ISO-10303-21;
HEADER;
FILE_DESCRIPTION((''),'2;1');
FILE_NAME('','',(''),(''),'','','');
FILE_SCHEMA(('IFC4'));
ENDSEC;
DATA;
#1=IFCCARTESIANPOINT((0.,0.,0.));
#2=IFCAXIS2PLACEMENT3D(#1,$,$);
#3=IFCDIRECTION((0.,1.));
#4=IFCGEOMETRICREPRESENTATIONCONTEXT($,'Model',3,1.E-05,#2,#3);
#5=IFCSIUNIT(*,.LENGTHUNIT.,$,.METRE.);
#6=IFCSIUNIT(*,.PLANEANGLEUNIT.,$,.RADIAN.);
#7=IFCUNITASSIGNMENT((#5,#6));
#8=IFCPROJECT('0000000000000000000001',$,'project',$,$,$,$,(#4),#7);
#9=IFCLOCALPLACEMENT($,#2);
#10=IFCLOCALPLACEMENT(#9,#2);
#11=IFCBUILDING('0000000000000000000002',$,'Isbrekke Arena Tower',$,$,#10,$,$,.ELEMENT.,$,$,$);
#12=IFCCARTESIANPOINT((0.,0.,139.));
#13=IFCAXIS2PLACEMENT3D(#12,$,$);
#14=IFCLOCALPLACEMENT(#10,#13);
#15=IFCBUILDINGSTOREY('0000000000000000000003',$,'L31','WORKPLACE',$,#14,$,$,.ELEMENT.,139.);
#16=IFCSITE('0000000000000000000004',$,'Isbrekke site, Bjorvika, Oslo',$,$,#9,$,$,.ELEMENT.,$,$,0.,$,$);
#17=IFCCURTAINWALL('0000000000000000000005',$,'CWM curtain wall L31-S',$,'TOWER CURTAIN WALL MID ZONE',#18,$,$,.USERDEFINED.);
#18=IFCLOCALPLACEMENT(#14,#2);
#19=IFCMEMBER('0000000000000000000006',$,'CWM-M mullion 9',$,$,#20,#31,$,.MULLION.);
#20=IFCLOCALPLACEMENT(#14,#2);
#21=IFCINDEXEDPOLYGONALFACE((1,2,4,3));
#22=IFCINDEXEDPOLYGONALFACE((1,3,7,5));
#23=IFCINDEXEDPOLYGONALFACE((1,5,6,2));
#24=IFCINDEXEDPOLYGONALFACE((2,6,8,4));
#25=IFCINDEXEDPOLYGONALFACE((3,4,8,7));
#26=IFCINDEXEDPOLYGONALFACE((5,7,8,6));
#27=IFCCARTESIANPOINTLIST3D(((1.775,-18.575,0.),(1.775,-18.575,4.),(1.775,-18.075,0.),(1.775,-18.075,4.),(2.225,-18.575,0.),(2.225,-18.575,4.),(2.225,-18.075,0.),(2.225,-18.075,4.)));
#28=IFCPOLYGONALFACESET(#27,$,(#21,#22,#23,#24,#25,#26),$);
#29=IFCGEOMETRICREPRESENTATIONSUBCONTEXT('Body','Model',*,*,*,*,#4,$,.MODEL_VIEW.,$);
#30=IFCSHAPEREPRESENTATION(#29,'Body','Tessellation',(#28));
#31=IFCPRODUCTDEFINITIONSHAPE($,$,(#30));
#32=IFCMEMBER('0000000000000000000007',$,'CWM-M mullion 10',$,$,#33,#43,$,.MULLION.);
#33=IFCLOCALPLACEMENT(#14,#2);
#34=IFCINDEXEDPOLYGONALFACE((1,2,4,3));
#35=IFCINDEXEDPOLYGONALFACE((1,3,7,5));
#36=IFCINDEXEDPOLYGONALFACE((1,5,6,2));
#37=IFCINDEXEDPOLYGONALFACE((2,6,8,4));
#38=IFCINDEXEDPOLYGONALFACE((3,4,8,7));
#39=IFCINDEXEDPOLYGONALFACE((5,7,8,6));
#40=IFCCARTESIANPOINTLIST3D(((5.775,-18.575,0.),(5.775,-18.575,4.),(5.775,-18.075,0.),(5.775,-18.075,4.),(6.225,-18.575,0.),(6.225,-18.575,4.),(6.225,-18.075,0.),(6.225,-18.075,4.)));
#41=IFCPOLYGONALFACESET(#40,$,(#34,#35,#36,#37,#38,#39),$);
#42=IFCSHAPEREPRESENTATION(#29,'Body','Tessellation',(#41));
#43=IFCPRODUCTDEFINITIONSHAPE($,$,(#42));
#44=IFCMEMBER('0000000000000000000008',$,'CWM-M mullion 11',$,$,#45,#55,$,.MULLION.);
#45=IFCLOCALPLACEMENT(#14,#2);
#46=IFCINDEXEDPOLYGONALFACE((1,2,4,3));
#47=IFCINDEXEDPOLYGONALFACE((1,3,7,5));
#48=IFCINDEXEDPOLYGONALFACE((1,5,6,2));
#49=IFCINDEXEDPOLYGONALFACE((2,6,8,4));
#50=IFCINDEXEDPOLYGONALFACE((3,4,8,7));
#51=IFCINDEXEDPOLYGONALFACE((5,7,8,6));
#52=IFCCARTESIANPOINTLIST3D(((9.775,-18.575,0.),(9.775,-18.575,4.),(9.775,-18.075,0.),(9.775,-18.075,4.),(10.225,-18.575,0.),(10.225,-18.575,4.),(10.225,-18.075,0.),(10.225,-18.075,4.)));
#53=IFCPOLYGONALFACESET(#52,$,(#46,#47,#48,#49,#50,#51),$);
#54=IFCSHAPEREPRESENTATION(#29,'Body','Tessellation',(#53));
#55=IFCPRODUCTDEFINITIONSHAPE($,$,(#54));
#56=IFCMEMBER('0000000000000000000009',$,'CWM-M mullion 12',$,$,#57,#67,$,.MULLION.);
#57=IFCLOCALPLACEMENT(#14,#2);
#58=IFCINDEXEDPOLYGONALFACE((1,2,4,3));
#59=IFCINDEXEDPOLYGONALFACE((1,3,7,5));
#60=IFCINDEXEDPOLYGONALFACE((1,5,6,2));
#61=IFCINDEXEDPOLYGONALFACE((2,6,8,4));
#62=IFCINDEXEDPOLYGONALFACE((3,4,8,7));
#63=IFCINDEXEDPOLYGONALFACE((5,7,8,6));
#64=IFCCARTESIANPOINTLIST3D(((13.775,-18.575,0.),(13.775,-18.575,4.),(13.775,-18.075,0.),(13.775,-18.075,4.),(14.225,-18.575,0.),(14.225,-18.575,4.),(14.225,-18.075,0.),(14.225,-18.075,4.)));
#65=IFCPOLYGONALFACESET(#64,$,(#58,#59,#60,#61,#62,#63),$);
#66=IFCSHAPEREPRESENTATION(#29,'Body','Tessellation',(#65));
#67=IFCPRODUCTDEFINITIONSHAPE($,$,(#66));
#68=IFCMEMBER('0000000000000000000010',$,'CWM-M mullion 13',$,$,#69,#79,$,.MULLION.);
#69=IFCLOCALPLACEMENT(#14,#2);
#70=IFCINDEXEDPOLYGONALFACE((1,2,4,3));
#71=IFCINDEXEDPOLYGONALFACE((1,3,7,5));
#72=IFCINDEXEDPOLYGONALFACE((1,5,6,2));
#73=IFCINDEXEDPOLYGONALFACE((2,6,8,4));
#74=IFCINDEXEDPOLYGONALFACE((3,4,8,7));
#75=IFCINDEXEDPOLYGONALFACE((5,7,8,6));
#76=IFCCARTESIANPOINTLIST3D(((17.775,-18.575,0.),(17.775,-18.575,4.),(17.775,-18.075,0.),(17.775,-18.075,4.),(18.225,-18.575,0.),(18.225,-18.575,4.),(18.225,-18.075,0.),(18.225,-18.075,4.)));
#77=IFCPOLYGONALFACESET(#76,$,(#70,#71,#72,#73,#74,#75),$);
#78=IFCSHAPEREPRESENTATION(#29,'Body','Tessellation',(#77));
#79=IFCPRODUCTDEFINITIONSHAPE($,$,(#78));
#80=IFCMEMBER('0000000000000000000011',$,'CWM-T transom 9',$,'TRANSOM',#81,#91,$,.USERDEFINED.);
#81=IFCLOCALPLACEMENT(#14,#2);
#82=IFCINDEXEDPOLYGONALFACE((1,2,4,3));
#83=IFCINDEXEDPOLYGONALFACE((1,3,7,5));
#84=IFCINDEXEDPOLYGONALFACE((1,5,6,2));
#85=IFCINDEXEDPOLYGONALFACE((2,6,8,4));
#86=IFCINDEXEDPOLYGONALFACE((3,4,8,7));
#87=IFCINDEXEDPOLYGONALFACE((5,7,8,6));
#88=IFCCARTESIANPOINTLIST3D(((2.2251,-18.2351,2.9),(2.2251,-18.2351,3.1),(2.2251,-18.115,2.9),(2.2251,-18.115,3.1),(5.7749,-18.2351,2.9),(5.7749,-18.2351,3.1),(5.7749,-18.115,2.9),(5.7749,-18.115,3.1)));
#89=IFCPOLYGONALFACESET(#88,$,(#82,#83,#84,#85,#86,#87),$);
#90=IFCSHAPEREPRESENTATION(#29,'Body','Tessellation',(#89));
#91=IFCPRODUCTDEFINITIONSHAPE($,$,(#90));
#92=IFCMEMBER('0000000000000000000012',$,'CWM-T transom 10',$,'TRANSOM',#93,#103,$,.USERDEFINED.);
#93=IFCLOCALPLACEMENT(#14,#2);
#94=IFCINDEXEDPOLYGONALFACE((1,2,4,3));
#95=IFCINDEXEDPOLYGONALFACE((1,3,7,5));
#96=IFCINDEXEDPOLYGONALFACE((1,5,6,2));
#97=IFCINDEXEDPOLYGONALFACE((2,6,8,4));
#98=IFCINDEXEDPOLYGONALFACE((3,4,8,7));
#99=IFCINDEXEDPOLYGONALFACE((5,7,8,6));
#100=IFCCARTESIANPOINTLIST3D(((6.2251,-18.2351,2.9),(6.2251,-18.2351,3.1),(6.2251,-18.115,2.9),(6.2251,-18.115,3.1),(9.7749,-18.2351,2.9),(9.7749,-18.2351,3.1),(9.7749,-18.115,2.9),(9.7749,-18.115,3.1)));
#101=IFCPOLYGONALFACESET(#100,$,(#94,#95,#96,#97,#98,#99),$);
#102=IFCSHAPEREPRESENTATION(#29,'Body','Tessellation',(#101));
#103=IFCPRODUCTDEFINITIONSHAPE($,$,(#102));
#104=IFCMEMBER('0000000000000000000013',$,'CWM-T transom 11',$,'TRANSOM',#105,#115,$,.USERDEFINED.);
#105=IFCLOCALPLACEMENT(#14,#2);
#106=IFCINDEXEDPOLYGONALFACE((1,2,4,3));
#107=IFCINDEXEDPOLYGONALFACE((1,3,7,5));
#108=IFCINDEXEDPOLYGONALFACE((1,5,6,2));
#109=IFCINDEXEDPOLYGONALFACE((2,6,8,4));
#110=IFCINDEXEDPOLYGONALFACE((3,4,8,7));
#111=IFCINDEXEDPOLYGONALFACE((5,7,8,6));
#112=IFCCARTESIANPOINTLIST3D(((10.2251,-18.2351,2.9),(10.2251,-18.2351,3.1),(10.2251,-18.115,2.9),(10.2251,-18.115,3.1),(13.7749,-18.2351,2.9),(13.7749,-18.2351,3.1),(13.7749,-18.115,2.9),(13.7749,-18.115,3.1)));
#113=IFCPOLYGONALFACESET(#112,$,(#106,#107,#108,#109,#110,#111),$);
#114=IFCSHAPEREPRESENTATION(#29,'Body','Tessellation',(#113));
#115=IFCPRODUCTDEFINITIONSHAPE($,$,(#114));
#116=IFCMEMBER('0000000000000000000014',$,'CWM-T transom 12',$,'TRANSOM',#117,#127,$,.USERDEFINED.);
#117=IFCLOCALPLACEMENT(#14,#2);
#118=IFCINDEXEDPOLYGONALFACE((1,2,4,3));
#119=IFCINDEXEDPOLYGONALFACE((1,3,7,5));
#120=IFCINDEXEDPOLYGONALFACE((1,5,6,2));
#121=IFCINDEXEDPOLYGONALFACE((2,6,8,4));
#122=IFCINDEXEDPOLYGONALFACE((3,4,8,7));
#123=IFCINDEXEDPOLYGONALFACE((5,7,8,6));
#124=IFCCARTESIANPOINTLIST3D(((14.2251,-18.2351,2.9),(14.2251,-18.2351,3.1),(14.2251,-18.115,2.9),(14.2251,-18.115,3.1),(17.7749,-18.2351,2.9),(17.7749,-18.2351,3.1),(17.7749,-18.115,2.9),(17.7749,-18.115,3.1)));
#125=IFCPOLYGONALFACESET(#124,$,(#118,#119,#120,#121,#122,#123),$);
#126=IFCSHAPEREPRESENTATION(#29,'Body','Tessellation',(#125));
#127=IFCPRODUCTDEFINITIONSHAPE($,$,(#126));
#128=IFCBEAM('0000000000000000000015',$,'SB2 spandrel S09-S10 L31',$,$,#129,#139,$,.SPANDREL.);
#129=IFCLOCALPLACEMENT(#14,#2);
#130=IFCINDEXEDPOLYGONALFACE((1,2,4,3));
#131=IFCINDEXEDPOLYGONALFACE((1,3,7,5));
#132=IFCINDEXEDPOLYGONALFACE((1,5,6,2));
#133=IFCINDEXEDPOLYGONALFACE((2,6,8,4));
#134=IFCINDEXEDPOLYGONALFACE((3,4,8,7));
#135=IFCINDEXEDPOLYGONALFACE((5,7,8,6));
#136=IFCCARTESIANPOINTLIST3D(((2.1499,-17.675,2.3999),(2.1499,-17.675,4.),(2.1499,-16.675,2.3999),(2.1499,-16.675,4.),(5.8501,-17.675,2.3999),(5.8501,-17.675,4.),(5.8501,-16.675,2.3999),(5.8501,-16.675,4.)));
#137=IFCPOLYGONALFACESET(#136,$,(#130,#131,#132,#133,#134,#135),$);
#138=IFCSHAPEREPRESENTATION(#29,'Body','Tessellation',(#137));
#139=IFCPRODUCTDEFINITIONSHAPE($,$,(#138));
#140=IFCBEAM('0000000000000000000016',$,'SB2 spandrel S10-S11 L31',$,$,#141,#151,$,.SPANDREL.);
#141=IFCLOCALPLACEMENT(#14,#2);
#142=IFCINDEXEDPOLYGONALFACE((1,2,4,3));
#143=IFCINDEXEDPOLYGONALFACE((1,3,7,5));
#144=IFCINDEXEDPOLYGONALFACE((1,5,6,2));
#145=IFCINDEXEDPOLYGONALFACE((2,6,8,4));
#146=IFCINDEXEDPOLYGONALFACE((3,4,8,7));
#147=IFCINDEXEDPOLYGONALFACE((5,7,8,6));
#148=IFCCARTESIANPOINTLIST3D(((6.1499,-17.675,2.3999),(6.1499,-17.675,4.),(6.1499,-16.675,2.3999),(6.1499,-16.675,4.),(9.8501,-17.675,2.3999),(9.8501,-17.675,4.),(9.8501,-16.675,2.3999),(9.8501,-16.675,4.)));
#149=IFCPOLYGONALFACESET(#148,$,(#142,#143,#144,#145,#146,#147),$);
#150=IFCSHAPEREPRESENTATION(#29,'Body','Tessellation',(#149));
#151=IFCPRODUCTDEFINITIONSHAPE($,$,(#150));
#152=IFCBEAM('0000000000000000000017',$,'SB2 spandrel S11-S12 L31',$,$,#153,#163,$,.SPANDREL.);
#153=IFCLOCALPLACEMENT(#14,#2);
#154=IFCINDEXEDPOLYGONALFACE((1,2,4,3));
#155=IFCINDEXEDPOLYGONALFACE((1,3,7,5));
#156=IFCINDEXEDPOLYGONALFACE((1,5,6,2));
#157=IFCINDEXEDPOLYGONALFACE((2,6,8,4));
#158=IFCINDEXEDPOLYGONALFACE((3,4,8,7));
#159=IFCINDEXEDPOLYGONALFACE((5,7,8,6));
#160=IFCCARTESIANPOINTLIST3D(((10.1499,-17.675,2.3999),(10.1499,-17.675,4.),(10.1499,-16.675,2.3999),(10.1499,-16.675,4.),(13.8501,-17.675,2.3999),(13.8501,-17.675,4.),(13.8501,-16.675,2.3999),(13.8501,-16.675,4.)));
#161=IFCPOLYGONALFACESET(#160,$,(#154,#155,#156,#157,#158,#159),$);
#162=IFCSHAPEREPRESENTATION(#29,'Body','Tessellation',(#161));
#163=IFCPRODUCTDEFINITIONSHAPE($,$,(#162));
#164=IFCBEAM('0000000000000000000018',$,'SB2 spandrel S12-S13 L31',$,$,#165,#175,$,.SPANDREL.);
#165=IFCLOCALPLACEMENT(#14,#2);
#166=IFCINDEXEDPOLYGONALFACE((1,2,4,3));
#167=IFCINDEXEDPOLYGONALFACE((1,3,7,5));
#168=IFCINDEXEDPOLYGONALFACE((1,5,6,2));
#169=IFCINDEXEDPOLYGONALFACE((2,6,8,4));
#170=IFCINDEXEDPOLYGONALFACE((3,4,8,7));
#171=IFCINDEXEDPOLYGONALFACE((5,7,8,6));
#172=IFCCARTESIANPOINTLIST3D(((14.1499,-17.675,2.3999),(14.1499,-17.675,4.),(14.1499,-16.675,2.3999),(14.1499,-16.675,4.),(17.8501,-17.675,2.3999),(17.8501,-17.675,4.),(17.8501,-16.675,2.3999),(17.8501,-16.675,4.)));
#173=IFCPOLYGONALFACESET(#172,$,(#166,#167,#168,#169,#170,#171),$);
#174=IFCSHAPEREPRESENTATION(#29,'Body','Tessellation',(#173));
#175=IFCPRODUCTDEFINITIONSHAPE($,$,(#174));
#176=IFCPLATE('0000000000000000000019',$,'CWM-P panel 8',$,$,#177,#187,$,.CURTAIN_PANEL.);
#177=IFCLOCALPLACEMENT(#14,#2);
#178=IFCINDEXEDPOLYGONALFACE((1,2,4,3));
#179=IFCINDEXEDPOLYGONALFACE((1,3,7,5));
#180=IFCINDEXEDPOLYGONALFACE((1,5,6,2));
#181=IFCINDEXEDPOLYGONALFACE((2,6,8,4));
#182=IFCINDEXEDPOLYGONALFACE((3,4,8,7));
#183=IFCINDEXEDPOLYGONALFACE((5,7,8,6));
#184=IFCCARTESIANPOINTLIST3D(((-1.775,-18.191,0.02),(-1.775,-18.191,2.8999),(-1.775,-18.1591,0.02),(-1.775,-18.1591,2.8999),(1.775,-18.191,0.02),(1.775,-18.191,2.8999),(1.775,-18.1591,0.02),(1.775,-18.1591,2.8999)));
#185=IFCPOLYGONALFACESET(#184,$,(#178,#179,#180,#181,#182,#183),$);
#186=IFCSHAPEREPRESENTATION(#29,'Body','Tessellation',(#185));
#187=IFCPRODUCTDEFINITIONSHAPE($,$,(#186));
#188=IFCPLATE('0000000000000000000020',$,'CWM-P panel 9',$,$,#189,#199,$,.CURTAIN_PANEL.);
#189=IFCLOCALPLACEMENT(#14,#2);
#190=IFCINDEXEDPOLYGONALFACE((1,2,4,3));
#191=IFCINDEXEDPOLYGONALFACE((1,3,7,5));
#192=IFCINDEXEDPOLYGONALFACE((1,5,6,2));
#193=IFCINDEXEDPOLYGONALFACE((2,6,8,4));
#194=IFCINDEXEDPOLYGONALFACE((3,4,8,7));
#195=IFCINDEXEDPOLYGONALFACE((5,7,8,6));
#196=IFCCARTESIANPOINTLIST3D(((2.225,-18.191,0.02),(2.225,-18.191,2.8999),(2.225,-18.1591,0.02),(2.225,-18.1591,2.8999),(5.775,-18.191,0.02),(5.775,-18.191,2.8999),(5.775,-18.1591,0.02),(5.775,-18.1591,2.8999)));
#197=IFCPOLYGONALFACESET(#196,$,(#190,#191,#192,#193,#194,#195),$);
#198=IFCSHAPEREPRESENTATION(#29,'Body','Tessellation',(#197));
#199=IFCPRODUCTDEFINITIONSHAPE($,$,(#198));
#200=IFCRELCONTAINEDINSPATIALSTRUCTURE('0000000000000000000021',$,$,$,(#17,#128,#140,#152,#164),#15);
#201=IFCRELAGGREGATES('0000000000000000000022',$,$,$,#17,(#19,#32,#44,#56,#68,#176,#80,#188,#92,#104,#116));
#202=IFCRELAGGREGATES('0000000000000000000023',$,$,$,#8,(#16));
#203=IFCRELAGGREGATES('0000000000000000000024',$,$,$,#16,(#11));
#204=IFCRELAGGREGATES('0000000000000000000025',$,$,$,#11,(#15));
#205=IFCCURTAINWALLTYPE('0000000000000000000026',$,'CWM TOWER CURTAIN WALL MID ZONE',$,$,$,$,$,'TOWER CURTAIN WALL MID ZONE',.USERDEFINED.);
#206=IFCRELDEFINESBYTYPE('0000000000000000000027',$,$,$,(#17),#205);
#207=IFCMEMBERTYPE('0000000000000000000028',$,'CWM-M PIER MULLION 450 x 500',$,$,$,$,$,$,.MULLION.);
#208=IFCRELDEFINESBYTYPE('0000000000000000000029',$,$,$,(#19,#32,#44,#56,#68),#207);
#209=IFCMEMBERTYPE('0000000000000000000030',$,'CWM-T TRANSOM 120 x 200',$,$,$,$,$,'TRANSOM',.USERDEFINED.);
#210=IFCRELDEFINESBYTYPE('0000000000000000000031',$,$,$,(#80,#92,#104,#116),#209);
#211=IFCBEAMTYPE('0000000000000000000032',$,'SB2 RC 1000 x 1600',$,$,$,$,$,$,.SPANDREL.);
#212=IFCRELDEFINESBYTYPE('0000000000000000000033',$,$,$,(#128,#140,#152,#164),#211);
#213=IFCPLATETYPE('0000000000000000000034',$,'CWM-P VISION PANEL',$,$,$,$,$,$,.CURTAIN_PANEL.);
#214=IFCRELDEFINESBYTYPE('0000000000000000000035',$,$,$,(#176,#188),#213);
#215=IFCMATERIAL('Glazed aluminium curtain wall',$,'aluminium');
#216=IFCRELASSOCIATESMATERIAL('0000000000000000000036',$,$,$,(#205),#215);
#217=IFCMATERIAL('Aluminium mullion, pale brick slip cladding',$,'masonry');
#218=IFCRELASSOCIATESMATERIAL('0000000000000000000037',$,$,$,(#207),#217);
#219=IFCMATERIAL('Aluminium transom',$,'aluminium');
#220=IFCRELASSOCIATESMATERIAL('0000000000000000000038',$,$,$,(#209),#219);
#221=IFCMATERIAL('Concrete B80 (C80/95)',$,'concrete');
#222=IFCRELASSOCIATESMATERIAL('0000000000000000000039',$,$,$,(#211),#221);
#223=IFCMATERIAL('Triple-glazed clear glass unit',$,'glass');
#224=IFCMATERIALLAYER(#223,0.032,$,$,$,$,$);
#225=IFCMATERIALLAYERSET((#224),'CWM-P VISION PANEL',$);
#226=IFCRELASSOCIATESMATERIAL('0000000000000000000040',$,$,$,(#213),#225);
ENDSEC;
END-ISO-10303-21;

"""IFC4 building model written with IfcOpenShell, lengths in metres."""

from ifc_helpers import new_model, si_unit, direction, frame, origin, origin_2d, place, context, subcontext, project, spatial, rectangle, extrude, material, layer, layer_set, material_profile, profile_set, type_object, element, aggregate, save


model = new_model("IFC4")

# Units and contexts
model_context = context("Model", 3, precision=1e-05, world=origin(), true_north=direction((0.0, 1.0)))
body_context = subcontext(model_context, "Body", "Model", "MODEL_VIEW")
ifc_project = project(units=[si_unit("LENGTHUNIT", "METRE"), si_unit("PLANEANGLEUNIT", "RADIAN")], contexts=[model_context])

# Site, building, storey
site_placement = place(None, origin())
site = spatial("IfcSite", under=ifc_project, at=site_placement, Name="Isbrekke site, Bjorvika, Oslo", CompositionType="ELEMENT", RefElevation=0.0)
building_placement = place(site_placement, origin())
building = spatial("IfcBuilding", under=site, at=building_placement, Name="Isbrekke Arena Tower", CompositionType="ELEMENT")
storey_placement = place(building_placement, frame((0.0, 0.0, 139.0)))
storey = spatial("IfcBuildingStorey", under=building, at=storey_placement, Name="L31", Description="WORKPLACE", CompositionType="ELEMENT", Elevation=139.0)

# Curtain wall, members
ifc_material_1 = material(Name="Glazed aluminium curtain wall", Category="aluminium")
curtain_wall_type = type_object("IfcCurtainWallType", Name="CWM TOWER CURTAIN WALL MID ZONE", ElementType="TOWER CURTAIN WALL MID ZONE", PredefinedType="USERDEFINED", material=ifc_material_1)
curtain_wall_placement = place(storey_placement, origin())
curtain_wall = element("IfcCurtainWall", 1, at=curtain_wall_placement, inside=storey, type_object=curtain_wall_type, Name="CWM curtain wall L31-S", ObjectType="TOWER CURTAIN WALL MID ZONE", PredefinedType="USERDEFINED")
ifc_material_2 = material(Name="Aluminium mullion, pale brick slip cladding", Category="masonry")
ifc_material_profile_1 = material_profile(ifc_material_2, rectangle(XDim=0.45, YDim=0.5, at=origin_2d()), Name="PIER 450X500")
ifc_profile_set_1 = profile_set([ifc_material_profile_1], Name="Aluminium mullion, pale brick slip cladding")
member_type_1 = type_object("IfcMemberType", Name="CWM-M PIER MULLION 450 x 500", PredefinedType="MULLION", material=ifc_profile_set_1)
member_1_placement = place(storey_placement, frame((2.0, -18.325, 0.0), z_axis=(0.0, 0.0, 1.0), x_axis=(1.0, 0.0, 0.0)))
member_1 = element("IfcMember", 2, at=member_1_placement, type_object=member_type_1, Name="CWM-M mullion 9", PredefinedType="MULLION", context=body_context, shape_type="SweptSolid", body=[
    extrude(rectangle(XDim=0.45, YDim=0.5, at=origin_2d()), origin(), (0.0, 0.0, 1.0), 4.0),
])
member_2_placement = place(storey_placement, frame((6.0, -18.325, 0.0), z_axis=(0.0, 0.0, 1.0), x_axis=(1.0, 0.0, 0.0)))
member_2 = element("IfcMember", 3, at=member_2_placement, type_object=member_type_1, Name="CWM-M mullion 10", PredefinedType="MULLION", context=body_context, shape_type="SweptSolid", body=[
    extrude(rectangle(XDim=0.45, YDim=0.5, at=origin_2d()), origin(), (0.0, 0.0, 1.0), 4.0),
])
member_3_placement = place(storey_placement, frame((10.0, -18.325, 0.0), z_axis=(0.0, 0.0, 1.0), x_axis=(1.0, 0.0, 0.0)))
member_3 = element("IfcMember", 4, at=member_3_placement, type_object=member_type_1, Name="CWM-M mullion 11", PredefinedType="MULLION", context=body_context, shape_type="SweptSolid", body=[
    extrude(rectangle(XDim=0.45, YDim=0.5, at=origin_2d()), origin(), (0.0, 0.0, 1.0), 4.0),
])
member_4_placement = place(storey_placement, frame((14.0, -18.325, 0.0), z_axis=(0.0, 0.0, 1.0), x_axis=(1.0, 0.0, 0.0)))
member_4 = element("IfcMember", 5, at=member_4_placement, type_object=member_type_1, Name="CWM-M mullion 12", PredefinedType="MULLION", context=body_context, shape_type="SweptSolid", body=[
    extrude(rectangle(XDim=0.45, YDim=0.5, at=origin_2d()), origin(), (0.0, 0.0, 1.0), 4.0),
])
member_5_placement = place(storey_placement, frame((18.0, -18.325, 0.0), z_axis=(0.0, 0.0, 1.0), x_axis=(1.0, 0.0, 0.0)))
member_5 = element("IfcMember", 6, at=member_5_placement, type_object=member_type_1, Name="CWM-M mullion 13", PredefinedType="MULLION", context=body_context, shape_type="SweptSolid", body=[
    extrude(rectangle(XDim=0.45, YDim=0.5, at=origin_2d()), origin(), (0.0, 0.0, 1.0), 4.0),
])
ifc_material_3 = material(Name="Aluminium transom", Category="aluminium")
ifc_material_profile_2 = material_profile(ifc_material_3, rectangle(XDim=0.1201, YDim=0.2, at=origin_2d()), Name="TRANSOM 120X200")
ifc_profile_set_2 = profile_set([ifc_material_profile_2], Name="Aluminium transom")
member_type_2 = type_object("IfcMemberType", Name="CWM-T TRANSOM 120 x 200", ElementType="TRANSOM", PredefinedType="USERDEFINED", material=ifc_profile_set_2)
member_6_placement = place(storey_placement, frame((2.2251, -18.175, 3.0), z_axis=(1.0, 0.0, 0.0), x_axis=(0.0, 1.0, 0.0)))
member_6 = element("IfcMember", 7, at=member_6_placement, type_object=member_type_2, Name="CWM-T transom 9", ObjectType="TRANSOM", PredefinedType="USERDEFINED", context=body_context, shape_type="SweptSolid", body=[
    extrude(rectangle(XDim=0.1201, YDim=0.2, at=origin_2d()), origin(), (0.0, 0.0, 1.0), 3.5498),
])
member_7_placement = place(storey_placement, frame((6.2251, -18.175, 3.0), z_axis=(1.0, 0.0, 0.0), x_axis=(0.0, 1.0, 0.0)))
member_7 = element("IfcMember", 8, at=member_7_placement, type_object=member_type_2, Name="CWM-T transom 10", ObjectType="TRANSOM", PredefinedType="USERDEFINED", context=body_context, shape_type="SweptSolid", body=[
    extrude(rectangle(XDim=0.1201, YDim=0.2, at=origin_2d()), origin(), (0.0, 0.0, 1.0), 3.5498),
])
member_8_placement = place(storey_placement, frame((10.2251, -18.175, 3.0), z_axis=(1.0, 0.0, 0.0), x_axis=(0.0, 1.0, 0.0)))
member_8 = element("IfcMember", 9, at=member_8_placement, type_object=member_type_2, Name="CWM-T transom 11", ObjectType="TRANSOM", PredefinedType="USERDEFINED", context=body_context, shape_type="SweptSolid", body=[
    extrude(rectangle(XDim=0.1201, YDim=0.2, at=origin_2d()), origin(), (0.0, 0.0, 1.0), 3.5498),
])
member_9_placement = place(storey_placement, frame((14.2251, -18.175, 3.0), z_axis=(1.0, 0.0, 0.0), x_axis=(0.0, 1.0, 0.0)))
member_9 = element("IfcMember", 10, at=member_9_placement, type_object=member_type_2, Name="CWM-T transom 12", ObjectType="TRANSOM", PredefinedType="USERDEFINED", context=body_context, shape_type="SweptSolid", body=[
    extrude(rectangle(XDim=0.1201, YDim=0.2, at=origin_2d()), origin(), (0.0, 0.0, 1.0), 3.5498),
])

# Beams
ifc_material_4 = material(Name="Concrete B80 (C80/95)", Category="concrete")
ifc_material_profile_3 = material_profile(ifc_material_4, rectangle(XDim=1.0, YDim=1.6001, at=origin_2d()), Name="RC 1000x1600")
ifc_profile_set_3 = profile_set([ifc_material_profile_3], Name="Concrete B80 (C80/95)")
beam_type_1 = type_object("IfcBeamType", Name="SB2 RC 1000 x 1600", PredefinedType="SPANDREL", material=ifc_profile_set_3)
for number, where, z_axis, x_axis, name in (
    (11, (2.1499, -17.175, 3.2), (1.0, 0.0, 0.0), (0.0, 1.0, 0.0), "SB2 spandrel S09-S10 L31"),
    (12, (6.1499, -17.175, 3.2), (1.0, 0.0, 0.0), (0.0, 1.0, 0.0), "SB2 spandrel S10-S11 L31"),
    (13, (10.1499, -17.175, 3.2), (1.0, 0.0, 0.0), (0.0, 1.0, 0.0), "SB2 spandrel S11-S12 L31"),
    (14, (14.1499, -17.175, 3.2), (1.0, 0.0, 0.0), (0.0, 1.0, 0.0), "SB2 spandrel S12-S13 L31"),
):
    element("IfcBeam", number, at=place(storey_placement, frame(where, z_axis=z_axis, x_axis=x_axis)), inside=storey, type_object=beam_type_1, Name=name, PredefinedType="SPANDREL", context=body_context, shape_type="SweptSolid", body=[
        extrude(rectangle(XDim=1.0, YDim=1.6001, at=origin_2d()), origin(), (0.0, 0.0, 1.0), 3.7002),
    ])

# Plates
ifc_material_5 = material(Name="Triple-glazed clear glass unit", Category="glass")
ifc_layer = layer(ifc_material_5, 0.032)
ifc_layer_set = layer_set([ifc_layer], Name="CWM-P VISION PANEL")
plate_type = type_object("IfcPlateType", Name="CWM-P VISION PANEL", PredefinedType="CURTAIN_PANEL", material=ifc_layer_set)
plate_1_placement = place(storey_placement, frame((0.0, -18.175, 0.02), z_axis=(0.0, 0.0, 1.0), x_axis=(1.0, 0.0, 0.0)))
plate_1 = element("IfcPlate", 15, at=plate_1_placement, type_object=plate_type, Name="CWM-P panel 8", PredefinedType="CURTAIN_PANEL", context=body_context, shape_type="SweptSolid", body=[
    extrude(rectangle(XDim=3.55, YDim=0.032, at=origin_2d()), origin(), (0.0, 0.0, 1.0), 2.8799),
])
plate_2_placement = place(storey_placement, frame((4.0, -18.175, 0.02), z_axis=(0.0, 0.0, 1.0), x_axis=(1.0, 0.0, 0.0)))
plate_2 = element("IfcPlate", 16, at=plate_2_placement, type_object=plate_type, Name="CWM-P panel 9", PredefinedType="CURTAIN_PANEL", context=body_context, shape_type="SweptSolid", body=[
    extrude(rectangle(XDim=3.55, YDim=0.032, at=origin_2d()), origin(), (0.0, 0.0, 1.0), 2.8799),
])
aggregate(curtain_wall, [member_1, member_2, member_3, member_4, member_5, plate_1, member_6, plate_2, member_7, member_8, member_9])

save(model, "model.ifc")
